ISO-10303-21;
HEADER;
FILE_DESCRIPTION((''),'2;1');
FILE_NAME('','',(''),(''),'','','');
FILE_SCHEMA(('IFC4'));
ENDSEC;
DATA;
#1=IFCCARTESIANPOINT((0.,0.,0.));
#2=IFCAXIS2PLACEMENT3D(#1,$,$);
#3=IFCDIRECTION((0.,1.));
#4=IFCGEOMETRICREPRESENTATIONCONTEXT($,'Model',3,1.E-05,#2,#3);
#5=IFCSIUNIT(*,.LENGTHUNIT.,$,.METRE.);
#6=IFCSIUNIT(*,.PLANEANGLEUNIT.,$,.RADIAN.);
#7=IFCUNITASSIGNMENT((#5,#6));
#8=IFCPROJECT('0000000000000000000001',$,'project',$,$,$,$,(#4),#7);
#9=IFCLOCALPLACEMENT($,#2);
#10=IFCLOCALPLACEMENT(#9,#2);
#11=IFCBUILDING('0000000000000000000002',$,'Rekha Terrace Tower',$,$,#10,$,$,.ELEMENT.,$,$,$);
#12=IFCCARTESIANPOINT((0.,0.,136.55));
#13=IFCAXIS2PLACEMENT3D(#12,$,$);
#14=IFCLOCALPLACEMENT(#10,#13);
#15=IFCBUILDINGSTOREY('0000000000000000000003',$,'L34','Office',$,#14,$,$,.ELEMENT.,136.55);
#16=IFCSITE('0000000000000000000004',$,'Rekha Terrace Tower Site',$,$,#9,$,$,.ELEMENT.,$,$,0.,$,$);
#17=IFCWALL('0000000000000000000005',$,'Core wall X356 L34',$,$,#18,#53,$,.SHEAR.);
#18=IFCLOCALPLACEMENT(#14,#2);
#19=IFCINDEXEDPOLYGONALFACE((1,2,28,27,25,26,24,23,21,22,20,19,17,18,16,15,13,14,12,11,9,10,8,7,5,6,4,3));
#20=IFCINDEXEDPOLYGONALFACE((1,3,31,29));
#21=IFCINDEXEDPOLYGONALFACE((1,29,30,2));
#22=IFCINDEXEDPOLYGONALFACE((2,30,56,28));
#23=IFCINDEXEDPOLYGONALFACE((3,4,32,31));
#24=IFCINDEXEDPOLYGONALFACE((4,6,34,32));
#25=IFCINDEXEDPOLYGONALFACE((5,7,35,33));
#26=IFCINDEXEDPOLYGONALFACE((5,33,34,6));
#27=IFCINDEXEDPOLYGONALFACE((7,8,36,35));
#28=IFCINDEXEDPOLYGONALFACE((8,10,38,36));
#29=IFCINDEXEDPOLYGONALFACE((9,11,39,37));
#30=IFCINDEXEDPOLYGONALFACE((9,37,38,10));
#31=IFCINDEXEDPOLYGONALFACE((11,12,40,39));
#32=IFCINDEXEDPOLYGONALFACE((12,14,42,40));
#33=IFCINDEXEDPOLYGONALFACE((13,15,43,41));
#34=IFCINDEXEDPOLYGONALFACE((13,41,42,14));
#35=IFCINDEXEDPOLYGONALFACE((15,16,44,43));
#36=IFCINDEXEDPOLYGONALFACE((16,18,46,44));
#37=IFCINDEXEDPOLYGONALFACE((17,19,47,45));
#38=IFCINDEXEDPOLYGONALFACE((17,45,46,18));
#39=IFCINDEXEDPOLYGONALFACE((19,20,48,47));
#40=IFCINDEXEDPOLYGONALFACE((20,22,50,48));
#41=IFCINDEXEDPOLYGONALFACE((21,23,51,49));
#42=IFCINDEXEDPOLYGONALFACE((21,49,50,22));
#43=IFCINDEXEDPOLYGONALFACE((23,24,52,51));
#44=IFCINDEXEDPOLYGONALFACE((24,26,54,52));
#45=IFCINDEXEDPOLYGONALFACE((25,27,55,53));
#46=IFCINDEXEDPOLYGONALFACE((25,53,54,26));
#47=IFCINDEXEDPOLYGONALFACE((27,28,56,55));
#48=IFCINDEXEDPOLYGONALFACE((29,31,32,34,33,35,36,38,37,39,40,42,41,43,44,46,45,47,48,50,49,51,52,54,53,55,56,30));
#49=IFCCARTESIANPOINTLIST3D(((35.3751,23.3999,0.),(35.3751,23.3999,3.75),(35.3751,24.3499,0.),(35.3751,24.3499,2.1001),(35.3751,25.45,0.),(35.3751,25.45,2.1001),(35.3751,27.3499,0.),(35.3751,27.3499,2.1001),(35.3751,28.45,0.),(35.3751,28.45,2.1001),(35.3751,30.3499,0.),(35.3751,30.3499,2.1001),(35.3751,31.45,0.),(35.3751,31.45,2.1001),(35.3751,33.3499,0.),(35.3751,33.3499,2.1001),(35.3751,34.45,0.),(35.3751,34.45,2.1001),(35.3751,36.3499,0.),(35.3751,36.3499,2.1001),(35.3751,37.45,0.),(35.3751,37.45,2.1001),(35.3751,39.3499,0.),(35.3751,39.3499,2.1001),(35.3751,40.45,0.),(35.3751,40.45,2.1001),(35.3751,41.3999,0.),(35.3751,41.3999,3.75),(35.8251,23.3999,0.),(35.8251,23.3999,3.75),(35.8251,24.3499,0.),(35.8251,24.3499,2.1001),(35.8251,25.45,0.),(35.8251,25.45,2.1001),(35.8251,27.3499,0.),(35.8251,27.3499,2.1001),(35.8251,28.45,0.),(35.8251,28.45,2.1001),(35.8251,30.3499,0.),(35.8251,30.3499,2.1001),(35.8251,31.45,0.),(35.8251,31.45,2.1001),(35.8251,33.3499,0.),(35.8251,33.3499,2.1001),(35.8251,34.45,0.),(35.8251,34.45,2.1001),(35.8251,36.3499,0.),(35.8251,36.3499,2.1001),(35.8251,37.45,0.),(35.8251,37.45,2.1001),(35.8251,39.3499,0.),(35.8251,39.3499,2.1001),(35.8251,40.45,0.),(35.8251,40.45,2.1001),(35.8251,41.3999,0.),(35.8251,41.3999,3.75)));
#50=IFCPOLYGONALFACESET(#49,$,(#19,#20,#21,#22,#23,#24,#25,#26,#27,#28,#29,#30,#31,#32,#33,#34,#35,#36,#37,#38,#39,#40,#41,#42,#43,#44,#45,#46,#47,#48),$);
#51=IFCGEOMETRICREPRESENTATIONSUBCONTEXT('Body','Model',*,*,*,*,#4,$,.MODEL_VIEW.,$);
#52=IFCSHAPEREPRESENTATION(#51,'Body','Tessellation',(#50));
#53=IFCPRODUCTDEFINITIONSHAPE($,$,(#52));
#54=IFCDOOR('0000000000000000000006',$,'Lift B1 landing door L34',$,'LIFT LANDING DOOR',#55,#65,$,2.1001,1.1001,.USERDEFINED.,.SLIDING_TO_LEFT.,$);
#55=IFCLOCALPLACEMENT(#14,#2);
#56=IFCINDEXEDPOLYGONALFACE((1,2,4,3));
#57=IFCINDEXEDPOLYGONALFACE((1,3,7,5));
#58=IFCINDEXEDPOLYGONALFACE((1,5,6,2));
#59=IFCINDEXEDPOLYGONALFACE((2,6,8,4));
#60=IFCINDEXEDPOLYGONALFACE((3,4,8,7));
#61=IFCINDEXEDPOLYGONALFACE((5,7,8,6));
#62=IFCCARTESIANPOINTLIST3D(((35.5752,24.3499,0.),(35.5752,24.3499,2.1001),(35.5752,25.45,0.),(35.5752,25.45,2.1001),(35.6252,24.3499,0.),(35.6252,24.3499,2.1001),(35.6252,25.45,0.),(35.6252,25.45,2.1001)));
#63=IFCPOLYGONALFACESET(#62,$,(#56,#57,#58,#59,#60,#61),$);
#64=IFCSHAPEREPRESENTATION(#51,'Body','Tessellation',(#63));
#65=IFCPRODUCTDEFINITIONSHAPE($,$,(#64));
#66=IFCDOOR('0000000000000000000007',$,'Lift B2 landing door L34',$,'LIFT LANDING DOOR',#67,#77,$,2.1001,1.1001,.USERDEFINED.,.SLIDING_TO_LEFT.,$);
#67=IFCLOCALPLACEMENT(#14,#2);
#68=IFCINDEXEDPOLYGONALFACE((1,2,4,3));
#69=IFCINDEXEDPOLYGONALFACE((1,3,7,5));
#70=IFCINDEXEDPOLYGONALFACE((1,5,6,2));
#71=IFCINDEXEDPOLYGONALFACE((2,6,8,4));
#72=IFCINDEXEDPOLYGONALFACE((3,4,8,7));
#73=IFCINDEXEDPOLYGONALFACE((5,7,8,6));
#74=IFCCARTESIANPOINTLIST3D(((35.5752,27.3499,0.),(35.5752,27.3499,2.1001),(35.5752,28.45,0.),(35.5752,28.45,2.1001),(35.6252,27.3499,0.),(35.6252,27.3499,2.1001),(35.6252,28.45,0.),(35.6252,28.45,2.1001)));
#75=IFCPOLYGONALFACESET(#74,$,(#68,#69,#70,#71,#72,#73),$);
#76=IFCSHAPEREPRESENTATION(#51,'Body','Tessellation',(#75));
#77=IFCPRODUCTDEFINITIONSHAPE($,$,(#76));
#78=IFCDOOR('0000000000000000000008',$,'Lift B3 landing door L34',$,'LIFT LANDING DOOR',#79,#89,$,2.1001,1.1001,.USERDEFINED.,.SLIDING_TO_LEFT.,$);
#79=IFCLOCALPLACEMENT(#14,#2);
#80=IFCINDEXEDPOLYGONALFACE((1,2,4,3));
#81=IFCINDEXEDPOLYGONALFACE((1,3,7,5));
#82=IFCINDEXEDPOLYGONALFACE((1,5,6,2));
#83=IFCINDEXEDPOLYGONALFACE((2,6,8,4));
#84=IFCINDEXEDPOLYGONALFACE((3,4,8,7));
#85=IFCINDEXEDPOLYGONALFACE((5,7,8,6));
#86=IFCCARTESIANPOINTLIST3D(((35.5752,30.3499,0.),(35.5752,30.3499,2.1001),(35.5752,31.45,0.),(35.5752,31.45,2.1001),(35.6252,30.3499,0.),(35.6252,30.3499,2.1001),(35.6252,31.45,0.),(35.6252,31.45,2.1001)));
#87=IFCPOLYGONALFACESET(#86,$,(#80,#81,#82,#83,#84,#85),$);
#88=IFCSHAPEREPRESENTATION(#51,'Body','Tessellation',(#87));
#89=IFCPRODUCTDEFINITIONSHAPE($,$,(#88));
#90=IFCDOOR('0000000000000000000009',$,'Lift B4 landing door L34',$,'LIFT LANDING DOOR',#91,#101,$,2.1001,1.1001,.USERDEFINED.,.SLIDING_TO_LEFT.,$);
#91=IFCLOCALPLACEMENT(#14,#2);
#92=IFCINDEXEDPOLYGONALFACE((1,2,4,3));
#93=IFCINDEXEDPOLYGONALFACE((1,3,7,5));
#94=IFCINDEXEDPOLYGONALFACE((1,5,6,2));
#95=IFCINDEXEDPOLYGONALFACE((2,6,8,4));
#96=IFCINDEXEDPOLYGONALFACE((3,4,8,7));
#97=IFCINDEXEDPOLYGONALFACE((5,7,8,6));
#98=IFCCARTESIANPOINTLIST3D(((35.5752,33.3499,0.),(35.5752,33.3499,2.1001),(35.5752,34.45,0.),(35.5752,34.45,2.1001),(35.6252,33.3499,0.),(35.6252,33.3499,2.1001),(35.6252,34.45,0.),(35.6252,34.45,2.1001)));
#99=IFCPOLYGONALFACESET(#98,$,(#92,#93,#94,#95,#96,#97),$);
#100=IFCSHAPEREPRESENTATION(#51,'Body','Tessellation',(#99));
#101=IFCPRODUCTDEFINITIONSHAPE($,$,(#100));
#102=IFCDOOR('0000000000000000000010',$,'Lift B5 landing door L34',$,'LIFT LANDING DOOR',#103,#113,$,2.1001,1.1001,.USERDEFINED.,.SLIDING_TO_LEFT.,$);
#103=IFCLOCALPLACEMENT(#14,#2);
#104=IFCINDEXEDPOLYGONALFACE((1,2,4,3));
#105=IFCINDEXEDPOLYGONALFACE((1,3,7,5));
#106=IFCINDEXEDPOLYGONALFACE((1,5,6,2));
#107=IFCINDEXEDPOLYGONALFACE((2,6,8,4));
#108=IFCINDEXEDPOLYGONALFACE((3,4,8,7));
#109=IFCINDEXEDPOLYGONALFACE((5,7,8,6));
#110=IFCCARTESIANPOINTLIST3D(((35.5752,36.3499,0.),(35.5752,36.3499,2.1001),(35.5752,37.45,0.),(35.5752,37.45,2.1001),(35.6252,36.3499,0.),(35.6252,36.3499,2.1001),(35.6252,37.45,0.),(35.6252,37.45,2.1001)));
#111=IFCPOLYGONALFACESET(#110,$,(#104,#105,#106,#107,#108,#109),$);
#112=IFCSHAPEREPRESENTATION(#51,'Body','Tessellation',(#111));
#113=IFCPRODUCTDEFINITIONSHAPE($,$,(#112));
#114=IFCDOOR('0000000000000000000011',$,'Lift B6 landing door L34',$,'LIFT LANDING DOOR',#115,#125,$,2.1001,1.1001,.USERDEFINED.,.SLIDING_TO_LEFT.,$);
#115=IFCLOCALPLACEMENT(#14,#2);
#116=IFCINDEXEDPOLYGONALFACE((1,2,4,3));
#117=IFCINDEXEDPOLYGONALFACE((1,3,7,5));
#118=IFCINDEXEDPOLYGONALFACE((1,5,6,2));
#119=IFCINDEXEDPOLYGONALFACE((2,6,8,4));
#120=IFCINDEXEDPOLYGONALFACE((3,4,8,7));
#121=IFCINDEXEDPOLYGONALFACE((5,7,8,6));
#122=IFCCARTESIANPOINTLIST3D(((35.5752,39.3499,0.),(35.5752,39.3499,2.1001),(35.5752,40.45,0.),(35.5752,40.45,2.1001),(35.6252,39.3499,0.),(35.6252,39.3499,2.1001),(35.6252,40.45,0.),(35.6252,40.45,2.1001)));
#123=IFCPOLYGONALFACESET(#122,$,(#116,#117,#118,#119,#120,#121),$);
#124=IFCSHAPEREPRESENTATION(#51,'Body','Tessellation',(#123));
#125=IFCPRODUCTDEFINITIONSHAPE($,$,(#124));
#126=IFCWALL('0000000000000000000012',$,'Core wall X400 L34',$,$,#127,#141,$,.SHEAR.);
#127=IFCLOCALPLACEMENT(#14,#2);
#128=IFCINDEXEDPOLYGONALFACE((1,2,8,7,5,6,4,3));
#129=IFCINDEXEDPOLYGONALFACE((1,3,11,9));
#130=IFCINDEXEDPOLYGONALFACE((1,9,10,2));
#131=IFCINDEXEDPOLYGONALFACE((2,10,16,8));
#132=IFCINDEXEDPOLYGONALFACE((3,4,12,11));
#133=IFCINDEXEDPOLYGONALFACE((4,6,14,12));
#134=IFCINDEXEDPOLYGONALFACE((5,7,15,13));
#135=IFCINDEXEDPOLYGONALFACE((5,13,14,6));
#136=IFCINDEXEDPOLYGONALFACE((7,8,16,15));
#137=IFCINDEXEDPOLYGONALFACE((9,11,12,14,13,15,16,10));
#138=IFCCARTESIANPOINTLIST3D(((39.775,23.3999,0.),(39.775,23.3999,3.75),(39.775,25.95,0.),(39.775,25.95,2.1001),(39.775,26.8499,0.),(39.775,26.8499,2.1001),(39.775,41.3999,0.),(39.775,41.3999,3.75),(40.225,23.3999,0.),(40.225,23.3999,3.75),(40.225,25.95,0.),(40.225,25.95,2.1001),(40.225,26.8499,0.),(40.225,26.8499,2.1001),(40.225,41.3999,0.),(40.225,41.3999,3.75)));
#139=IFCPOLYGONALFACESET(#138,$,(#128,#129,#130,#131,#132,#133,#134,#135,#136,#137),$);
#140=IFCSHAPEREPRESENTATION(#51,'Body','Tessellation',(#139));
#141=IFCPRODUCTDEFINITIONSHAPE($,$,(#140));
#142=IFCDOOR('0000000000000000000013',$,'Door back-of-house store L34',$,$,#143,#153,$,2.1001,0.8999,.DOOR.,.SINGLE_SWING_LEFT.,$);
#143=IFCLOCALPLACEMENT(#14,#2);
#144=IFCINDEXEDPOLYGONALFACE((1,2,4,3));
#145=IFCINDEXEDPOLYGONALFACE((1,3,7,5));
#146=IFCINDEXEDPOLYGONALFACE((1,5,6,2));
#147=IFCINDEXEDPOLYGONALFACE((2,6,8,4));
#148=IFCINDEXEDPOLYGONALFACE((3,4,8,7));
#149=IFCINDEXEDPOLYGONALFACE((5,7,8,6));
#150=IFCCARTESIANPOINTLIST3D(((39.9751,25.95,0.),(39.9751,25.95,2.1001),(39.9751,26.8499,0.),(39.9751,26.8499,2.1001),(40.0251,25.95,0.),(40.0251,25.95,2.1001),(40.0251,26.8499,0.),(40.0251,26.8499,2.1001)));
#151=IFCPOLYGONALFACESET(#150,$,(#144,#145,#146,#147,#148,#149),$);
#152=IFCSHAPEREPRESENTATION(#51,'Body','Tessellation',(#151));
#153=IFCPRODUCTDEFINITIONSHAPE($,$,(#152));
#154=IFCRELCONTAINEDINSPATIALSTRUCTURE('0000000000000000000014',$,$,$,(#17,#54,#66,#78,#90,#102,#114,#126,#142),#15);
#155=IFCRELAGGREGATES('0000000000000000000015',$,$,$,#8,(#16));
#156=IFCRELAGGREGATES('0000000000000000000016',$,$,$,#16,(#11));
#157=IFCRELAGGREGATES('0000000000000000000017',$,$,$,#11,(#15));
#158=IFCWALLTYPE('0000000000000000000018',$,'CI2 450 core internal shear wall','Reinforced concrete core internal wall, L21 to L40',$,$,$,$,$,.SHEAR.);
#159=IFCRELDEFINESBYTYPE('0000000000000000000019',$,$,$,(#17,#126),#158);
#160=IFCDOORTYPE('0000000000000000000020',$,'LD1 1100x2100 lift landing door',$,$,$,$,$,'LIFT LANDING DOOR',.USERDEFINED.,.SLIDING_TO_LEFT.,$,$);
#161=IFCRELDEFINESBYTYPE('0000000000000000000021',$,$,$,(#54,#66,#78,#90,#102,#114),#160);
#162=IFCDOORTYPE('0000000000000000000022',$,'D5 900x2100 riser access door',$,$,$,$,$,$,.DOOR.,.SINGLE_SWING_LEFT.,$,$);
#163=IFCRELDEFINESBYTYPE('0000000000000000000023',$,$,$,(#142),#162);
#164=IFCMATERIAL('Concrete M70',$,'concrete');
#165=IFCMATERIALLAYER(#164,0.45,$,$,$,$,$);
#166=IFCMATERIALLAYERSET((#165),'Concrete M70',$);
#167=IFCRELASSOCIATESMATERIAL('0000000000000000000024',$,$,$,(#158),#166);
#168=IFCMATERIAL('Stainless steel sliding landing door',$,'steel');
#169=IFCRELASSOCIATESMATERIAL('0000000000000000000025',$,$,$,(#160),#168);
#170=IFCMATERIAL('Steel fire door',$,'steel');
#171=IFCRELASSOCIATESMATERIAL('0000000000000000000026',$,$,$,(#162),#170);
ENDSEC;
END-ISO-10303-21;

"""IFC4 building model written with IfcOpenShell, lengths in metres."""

from ifc_helpers import new_model, si_unit, direction, frame, frame_2d, origin, place, context, subcontext, project, spatial, rectangle, extrude, material, layer, layer_set, type_object, element, fill, save


model = new_model("IFC4")

# Units and contexts
model_context = context("Model", 3, precision=1e-05, world=origin(), true_north=direction((0.0, 1.0)))
body_context = subcontext(model_context, "Body", "Model", "MODEL_VIEW")
ifc_project = project(units=[si_unit("LENGTHUNIT", "METRE"), si_unit("PLANEANGLEUNIT", "RADIAN")], contexts=[model_context])

# Site, building, storey
site_placement = place(None, origin())
site = spatial("IfcSite", under=ifc_project, at=site_placement, Name="Rekha Terrace Tower Site", CompositionType="ELEMENT", RefElevation=0.0)
building_placement = place(site_placement, origin())
building = spatial("IfcBuilding", under=site, at=building_placement, Name="Rekha Terrace Tower", CompositionType="ELEMENT")
storey_placement = place(building_placement, frame((0.0, 0.0, 136.55)))
storey = spatial("IfcBuildingStorey", under=building, at=storey_placement, Name="L34", Description="Office", CompositionType="ELEMENT", Elevation=136.55)

# Wall, openings, doors
ifc_material_1 = material(Name="Concrete M70", Category="concrete")
ifc_layer_1 = layer(ifc_material_1, 0.45)
ifc_layer_set_1 = layer_set([ifc_layer_1], Name="Concrete M70")
wall_type_1 = type_object("IfcWallType", Name="CI2 450 core internal shear wall", Description="Reinforced concrete core internal wall, L21 to L40", PredefinedType="SHEAR", material=ifc_layer_set_1)
wall_1_placement = place(storey_placement, frame((35.6001, 23.3999, 0.0), z_axis=(0.0, 0.0, 1.0), x_axis=(0.0, 1.0, 0.0)))
wall_1 = element("IfcWall", 1, at=wall_1_placement, inside=storey, type_object=wall_type_1, Name="Core wall X356 L34", PredefinedType="SHEAR", context=body_context, shape_type="SweptSolid", body=[
    extrude(rectangle(XDim=18.0, YDim=0.45, at=frame_2d((9.0, 0.0))), origin(), (0.0, 0.0, 1.0), 3.75),
])
opening_1_placement = place(wall_1_placement, frame((0.95, 0.0, 0.0)))
opening_1 = element("IfcOpeningElement", 2, at=opening_1_placement, cuts=wall_1, PredefinedType="OPENING", context=body_context, shape_type="SweptSolid", body=[
    extrude(rectangle(XDim=1.1001, YDim=2.1001, at=frame_2d((0.55, 1.05))), frame((0.0, 0.2349, 0.0), z_axis=(0.0, -1.0, 0.0), x_axis=(1.0, 0.0, 0.0)), (0.0, 0.0, 1.0), 0.47),
])
opening_2_placement = place(wall_1_placement, frame((3.95, 0.0, 0.0)))
opening_2 = element("IfcOpeningElement", 3, at=opening_2_placement, cuts=wall_1, PredefinedType="OPENING", context=body_context, shape_type="SweptSolid", body=[
    extrude(rectangle(XDim=1.1001, YDim=2.1001, at=frame_2d((0.55, 1.05))), frame((0.0, 0.2349, 0.0), z_axis=(0.0, -1.0, 0.0), x_axis=(1.0, 0.0, 0.0)), (0.0, 0.0, 1.0), 0.47),
])
opening_3_placement = place(wall_1_placement, frame((6.95, 0.0, 0.0)))
opening_3 = element("IfcOpeningElement", 4, at=opening_3_placement, cuts=wall_1, PredefinedType="OPENING", context=body_context, shape_type="SweptSolid", body=[
    extrude(rectangle(XDim=1.1001, YDim=2.1001, at=frame_2d((0.55, 1.05))), frame((0.0, 0.2349, 0.0), z_axis=(0.0, -1.0, 0.0), x_axis=(1.0, 0.0, 0.0)), (0.0, 0.0, 1.0), 0.47),
])
opening_4_placement = place(wall_1_placement, frame((9.95, 0.0, 0.0)))
opening_4 = element("IfcOpeningElement", 5, at=opening_4_placement, cuts=wall_1, PredefinedType="OPENING", context=body_context, shape_type="SweptSolid", body=[
    extrude(rectangle(XDim=1.1001, YDim=2.1001, at=frame_2d((0.55, 1.05))), frame((0.0, 0.2349, 0.0), z_axis=(0.0, -1.0, 0.0), x_axis=(1.0, 0.0, 0.0)), (0.0, 0.0, 1.0), 0.47),
])
opening_5_placement = place(wall_1_placement, frame((12.95, 0.0, 0.0)))
opening_5 = element("IfcOpeningElement", 6, at=opening_5_placement, cuts=wall_1, PredefinedType="OPENING", context=body_context, shape_type="SweptSolid", body=[
    extrude(rectangle(XDim=1.1001, YDim=2.1001, at=frame_2d((0.55, 1.05))), frame((0.0, 0.2349, 0.0), z_axis=(0.0, -1.0, 0.0), x_axis=(1.0, 0.0, 0.0)), (0.0, 0.0, 1.0), 0.47),
])
opening_6_placement = place(wall_1_placement, frame((15.95, 0.0, 0.0)))
opening_6 = element("IfcOpeningElement", 7, at=opening_6_placement, cuts=wall_1, PredefinedType="OPENING", context=body_context, shape_type="SweptSolid", body=[
    extrude(rectangle(XDim=1.1001, YDim=2.1001, at=frame_2d((0.55, 1.05))), frame((0.0, 0.2349, 0.0), z_axis=(0.0, -1.0, 0.0), x_axis=(1.0, 0.0, 0.0)), (0.0, 0.0, 1.0), 0.47),
])
ifc_material_2 = material(Name="Stainless steel sliding landing door", Category="steel")
door_type_1 = type_object("IfcDoorType", Name="LD1 1100x2100 lift landing door", ElementType="LIFT LANDING DOOR", OperationType="SLIDING_TO_LEFT", PredefinedType="USERDEFINED", material=ifc_material_2)
door_1_placement = place(opening_1_placement, origin())
door_1 = element("IfcDoor", 8, at=door_1_placement, inside=storey, type_object=door_type_1, Name="Lift B1 landing door L34", ObjectType="LIFT LANDING DOOR", OperationType="SLIDING_TO_LEFT", OverallHeight=2.1001, OverallWidth=1.1001, PredefinedType="USERDEFINED", context=body_context, shape_type="SweptSolid", body=[
    extrude(rectangle(XDim=1.1001, YDim=2.1001, at=frame_2d((0.55, 1.05))), frame((0.0, 0.0249, 0.0), z_axis=(0.0, -1.0, 0.0), x_axis=(1.0, 0.0, 0.0)), (0.0, 0.0, 1.0), 0.05),
])
fill(opening_1, door_1)
door_2_placement = place(opening_2_placement, origin())
door_2 = element("IfcDoor", 9, at=door_2_placement, inside=storey, type_object=door_type_1, Name="Lift B2 landing door L34", ObjectType="LIFT LANDING DOOR", OperationType="SLIDING_TO_LEFT", OverallHeight=2.1001, OverallWidth=1.1001, PredefinedType="USERDEFINED", context=body_context, shape_type="SweptSolid", body=[
    extrude(rectangle(XDim=1.1001, YDim=2.1001, at=frame_2d((0.55, 1.05))), frame((0.0, 0.0249, 0.0), z_axis=(0.0, -1.0, 0.0), x_axis=(1.0, 0.0, 0.0)), (0.0, 0.0, 1.0), 0.05),
])
fill(opening_2, door_2)
door_3_placement = place(opening_3_placement, origin())
door_3 = element("IfcDoor", 10, at=door_3_placement, inside=storey, type_object=door_type_1, Name="Lift B3 landing door L34", ObjectType="LIFT LANDING DOOR", OperationType="SLIDING_TO_LEFT", OverallHeight=2.1001, OverallWidth=1.1001, PredefinedType="USERDEFINED", context=body_context, shape_type="SweptSolid", body=[
    extrude(rectangle(XDim=1.1001, YDim=2.1001, at=frame_2d((0.55, 1.05))), frame((0.0, 0.0249, 0.0), z_axis=(0.0, -1.0, 0.0), x_axis=(1.0, 0.0, 0.0)), (0.0, 0.0, 1.0), 0.05),
])
fill(opening_3, door_3)
door_4_placement = place(opening_4_placement, origin())
door_4 = element("IfcDoor", 11, at=door_4_placement, inside=storey, type_object=door_type_1, Name="Lift B4 landing door L34", ObjectType="LIFT LANDING DOOR", OperationType="SLIDING_TO_LEFT", OverallHeight=2.1001, OverallWidth=1.1001, PredefinedType="USERDEFINED", context=body_context, shape_type="SweptSolid", body=[
    extrude(rectangle(XDim=1.1001, YDim=2.1001, at=frame_2d((0.55, 1.05))), frame((0.0, 0.0249, 0.0), z_axis=(0.0, -1.0, 0.0), x_axis=(1.0, 0.0, 0.0)), (0.0, 0.0, 1.0), 0.05),
])
fill(opening_4, door_4)
door_5_placement = place(opening_5_placement, origin())
door_5 = element("IfcDoor", 12, at=door_5_placement, inside=storey, type_object=door_type_1, Name="Lift B5 landing door L34", ObjectType="LIFT LANDING DOOR", OperationType="SLIDING_TO_LEFT", OverallHeight=2.1001, OverallWidth=1.1001, PredefinedType="USERDEFINED", context=body_context, shape_type="SweptSolid", body=[
    extrude(rectangle(XDim=1.1001, YDim=2.1001, at=frame_2d((0.55, 1.05))), frame((0.0, 0.0249, 0.0), z_axis=(0.0, -1.0, 0.0), x_axis=(1.0, 0.0, 0.0)), (0.0, 0.0, 1.0), 0.05),
])
fill(opening_5, door_5)
door_6_placement = place(opening_6_placement, origin())
door_6 = element("IfcDoor", 13, at=door_6_placement, inside=storey, type_object=door_type_1, Name="Lift B6 landing door L34", ObjectType="LIFT LANDING DOOR", OperationType="SLIDING_TO_LEFT", OverallHeight=2.1001, OverallWidth=1.1001, PredefinedType="USERDEFINED", context=body_context, shape_type="SweptSolid", body=[
    extrude(rectangle(XDim=1.1001, YDim=2.1001, at=frame_2d((0.55, 1.05))), frame((0.0, 0.0249, 0.0), z_axis=(0.0, -1.0, 0.0), x_axis=(1.0, 0.0, 0.0)), (0.0, 0.0, 1.0), 0.05),
])
fill(opening_6, door_6)

# Wall, opening, door
wall_2_placement = place(storey_placement, frame((40.0, 23.3999, 0.0), z_axis=(0.0, 0.0, 1.0), x_axis=(0.0, 1.0, 0.0)))
wall_2 = element("IfcWall", 14, at=wall_2_placement, inside=storey, type_object=wall_type_1, Name="Core wall X400 L34", PredefinedType="SHEAR", context=body_context, shape_type="SweptSolid", body=[
    extrude(rectangle(XDim=18.0, YDim=0.45, at=frame_2d((9.0, 0.0))), origin(), (0.0, 0.0, 1.0), 3.75),
])
opening_7_placement = place(wall_2_placement, frame((2.55, 0.0, 0.0)))
opening_7 = element("IfcOpeningElement", 15, at=opening_7_placement, cuts=wall_2, PredefinedType="OPENING", context=body_context, shape_type="SweptSolid", body=[
    extrude(rectangle(XDim=0.8999, YDim=2.1001, at=frame_2d((0.45, 1.05))), frame((0.0, 0.2349, 0.0), z_axis=(0.0, -1.0, 0.0), x_axis=(1.0, 0.0, 0.0)), (0.0, 0.0, 1.0), 0.47),
])
ifc_material_3 = material(Name="Steel fire door", Category="steel")
door_type_2 = type_object("IfcDoorType", Name="D5 900x2100 riser access door", OperationType="SINGLE_SWING_LEFT", PredefinedType="DOOR", material=ifc_material_3)
door_7_placement = place(opening_7_placement, origin())
door_7 = element("IfcDoor", 16, at=door_7_placement, inside=storey, type_object=door_type_2, Name="Door back-of-house store L34", OperationType="SINGLE_SWING_LEFT", OverallHeight=2.1001, OverallWidth=0.8999, PredefinedType="DOOR", context=body_context, shape_type="SweptSolid", body=[
    extrude(rectangle(XDim=0.8999, YDim=2.1001, at=frame_2d((0.45, 1.05))), frame((0.0, 0.0249, 0.0), z_axis=(0.0, -1.0, 0.0), x_axis=(1.0, 0.0, 0.0)), (0.0, 0.0, 1.0), 0.05),
])
fill(opening_7, door_7)

save(model, "model.ifc")
